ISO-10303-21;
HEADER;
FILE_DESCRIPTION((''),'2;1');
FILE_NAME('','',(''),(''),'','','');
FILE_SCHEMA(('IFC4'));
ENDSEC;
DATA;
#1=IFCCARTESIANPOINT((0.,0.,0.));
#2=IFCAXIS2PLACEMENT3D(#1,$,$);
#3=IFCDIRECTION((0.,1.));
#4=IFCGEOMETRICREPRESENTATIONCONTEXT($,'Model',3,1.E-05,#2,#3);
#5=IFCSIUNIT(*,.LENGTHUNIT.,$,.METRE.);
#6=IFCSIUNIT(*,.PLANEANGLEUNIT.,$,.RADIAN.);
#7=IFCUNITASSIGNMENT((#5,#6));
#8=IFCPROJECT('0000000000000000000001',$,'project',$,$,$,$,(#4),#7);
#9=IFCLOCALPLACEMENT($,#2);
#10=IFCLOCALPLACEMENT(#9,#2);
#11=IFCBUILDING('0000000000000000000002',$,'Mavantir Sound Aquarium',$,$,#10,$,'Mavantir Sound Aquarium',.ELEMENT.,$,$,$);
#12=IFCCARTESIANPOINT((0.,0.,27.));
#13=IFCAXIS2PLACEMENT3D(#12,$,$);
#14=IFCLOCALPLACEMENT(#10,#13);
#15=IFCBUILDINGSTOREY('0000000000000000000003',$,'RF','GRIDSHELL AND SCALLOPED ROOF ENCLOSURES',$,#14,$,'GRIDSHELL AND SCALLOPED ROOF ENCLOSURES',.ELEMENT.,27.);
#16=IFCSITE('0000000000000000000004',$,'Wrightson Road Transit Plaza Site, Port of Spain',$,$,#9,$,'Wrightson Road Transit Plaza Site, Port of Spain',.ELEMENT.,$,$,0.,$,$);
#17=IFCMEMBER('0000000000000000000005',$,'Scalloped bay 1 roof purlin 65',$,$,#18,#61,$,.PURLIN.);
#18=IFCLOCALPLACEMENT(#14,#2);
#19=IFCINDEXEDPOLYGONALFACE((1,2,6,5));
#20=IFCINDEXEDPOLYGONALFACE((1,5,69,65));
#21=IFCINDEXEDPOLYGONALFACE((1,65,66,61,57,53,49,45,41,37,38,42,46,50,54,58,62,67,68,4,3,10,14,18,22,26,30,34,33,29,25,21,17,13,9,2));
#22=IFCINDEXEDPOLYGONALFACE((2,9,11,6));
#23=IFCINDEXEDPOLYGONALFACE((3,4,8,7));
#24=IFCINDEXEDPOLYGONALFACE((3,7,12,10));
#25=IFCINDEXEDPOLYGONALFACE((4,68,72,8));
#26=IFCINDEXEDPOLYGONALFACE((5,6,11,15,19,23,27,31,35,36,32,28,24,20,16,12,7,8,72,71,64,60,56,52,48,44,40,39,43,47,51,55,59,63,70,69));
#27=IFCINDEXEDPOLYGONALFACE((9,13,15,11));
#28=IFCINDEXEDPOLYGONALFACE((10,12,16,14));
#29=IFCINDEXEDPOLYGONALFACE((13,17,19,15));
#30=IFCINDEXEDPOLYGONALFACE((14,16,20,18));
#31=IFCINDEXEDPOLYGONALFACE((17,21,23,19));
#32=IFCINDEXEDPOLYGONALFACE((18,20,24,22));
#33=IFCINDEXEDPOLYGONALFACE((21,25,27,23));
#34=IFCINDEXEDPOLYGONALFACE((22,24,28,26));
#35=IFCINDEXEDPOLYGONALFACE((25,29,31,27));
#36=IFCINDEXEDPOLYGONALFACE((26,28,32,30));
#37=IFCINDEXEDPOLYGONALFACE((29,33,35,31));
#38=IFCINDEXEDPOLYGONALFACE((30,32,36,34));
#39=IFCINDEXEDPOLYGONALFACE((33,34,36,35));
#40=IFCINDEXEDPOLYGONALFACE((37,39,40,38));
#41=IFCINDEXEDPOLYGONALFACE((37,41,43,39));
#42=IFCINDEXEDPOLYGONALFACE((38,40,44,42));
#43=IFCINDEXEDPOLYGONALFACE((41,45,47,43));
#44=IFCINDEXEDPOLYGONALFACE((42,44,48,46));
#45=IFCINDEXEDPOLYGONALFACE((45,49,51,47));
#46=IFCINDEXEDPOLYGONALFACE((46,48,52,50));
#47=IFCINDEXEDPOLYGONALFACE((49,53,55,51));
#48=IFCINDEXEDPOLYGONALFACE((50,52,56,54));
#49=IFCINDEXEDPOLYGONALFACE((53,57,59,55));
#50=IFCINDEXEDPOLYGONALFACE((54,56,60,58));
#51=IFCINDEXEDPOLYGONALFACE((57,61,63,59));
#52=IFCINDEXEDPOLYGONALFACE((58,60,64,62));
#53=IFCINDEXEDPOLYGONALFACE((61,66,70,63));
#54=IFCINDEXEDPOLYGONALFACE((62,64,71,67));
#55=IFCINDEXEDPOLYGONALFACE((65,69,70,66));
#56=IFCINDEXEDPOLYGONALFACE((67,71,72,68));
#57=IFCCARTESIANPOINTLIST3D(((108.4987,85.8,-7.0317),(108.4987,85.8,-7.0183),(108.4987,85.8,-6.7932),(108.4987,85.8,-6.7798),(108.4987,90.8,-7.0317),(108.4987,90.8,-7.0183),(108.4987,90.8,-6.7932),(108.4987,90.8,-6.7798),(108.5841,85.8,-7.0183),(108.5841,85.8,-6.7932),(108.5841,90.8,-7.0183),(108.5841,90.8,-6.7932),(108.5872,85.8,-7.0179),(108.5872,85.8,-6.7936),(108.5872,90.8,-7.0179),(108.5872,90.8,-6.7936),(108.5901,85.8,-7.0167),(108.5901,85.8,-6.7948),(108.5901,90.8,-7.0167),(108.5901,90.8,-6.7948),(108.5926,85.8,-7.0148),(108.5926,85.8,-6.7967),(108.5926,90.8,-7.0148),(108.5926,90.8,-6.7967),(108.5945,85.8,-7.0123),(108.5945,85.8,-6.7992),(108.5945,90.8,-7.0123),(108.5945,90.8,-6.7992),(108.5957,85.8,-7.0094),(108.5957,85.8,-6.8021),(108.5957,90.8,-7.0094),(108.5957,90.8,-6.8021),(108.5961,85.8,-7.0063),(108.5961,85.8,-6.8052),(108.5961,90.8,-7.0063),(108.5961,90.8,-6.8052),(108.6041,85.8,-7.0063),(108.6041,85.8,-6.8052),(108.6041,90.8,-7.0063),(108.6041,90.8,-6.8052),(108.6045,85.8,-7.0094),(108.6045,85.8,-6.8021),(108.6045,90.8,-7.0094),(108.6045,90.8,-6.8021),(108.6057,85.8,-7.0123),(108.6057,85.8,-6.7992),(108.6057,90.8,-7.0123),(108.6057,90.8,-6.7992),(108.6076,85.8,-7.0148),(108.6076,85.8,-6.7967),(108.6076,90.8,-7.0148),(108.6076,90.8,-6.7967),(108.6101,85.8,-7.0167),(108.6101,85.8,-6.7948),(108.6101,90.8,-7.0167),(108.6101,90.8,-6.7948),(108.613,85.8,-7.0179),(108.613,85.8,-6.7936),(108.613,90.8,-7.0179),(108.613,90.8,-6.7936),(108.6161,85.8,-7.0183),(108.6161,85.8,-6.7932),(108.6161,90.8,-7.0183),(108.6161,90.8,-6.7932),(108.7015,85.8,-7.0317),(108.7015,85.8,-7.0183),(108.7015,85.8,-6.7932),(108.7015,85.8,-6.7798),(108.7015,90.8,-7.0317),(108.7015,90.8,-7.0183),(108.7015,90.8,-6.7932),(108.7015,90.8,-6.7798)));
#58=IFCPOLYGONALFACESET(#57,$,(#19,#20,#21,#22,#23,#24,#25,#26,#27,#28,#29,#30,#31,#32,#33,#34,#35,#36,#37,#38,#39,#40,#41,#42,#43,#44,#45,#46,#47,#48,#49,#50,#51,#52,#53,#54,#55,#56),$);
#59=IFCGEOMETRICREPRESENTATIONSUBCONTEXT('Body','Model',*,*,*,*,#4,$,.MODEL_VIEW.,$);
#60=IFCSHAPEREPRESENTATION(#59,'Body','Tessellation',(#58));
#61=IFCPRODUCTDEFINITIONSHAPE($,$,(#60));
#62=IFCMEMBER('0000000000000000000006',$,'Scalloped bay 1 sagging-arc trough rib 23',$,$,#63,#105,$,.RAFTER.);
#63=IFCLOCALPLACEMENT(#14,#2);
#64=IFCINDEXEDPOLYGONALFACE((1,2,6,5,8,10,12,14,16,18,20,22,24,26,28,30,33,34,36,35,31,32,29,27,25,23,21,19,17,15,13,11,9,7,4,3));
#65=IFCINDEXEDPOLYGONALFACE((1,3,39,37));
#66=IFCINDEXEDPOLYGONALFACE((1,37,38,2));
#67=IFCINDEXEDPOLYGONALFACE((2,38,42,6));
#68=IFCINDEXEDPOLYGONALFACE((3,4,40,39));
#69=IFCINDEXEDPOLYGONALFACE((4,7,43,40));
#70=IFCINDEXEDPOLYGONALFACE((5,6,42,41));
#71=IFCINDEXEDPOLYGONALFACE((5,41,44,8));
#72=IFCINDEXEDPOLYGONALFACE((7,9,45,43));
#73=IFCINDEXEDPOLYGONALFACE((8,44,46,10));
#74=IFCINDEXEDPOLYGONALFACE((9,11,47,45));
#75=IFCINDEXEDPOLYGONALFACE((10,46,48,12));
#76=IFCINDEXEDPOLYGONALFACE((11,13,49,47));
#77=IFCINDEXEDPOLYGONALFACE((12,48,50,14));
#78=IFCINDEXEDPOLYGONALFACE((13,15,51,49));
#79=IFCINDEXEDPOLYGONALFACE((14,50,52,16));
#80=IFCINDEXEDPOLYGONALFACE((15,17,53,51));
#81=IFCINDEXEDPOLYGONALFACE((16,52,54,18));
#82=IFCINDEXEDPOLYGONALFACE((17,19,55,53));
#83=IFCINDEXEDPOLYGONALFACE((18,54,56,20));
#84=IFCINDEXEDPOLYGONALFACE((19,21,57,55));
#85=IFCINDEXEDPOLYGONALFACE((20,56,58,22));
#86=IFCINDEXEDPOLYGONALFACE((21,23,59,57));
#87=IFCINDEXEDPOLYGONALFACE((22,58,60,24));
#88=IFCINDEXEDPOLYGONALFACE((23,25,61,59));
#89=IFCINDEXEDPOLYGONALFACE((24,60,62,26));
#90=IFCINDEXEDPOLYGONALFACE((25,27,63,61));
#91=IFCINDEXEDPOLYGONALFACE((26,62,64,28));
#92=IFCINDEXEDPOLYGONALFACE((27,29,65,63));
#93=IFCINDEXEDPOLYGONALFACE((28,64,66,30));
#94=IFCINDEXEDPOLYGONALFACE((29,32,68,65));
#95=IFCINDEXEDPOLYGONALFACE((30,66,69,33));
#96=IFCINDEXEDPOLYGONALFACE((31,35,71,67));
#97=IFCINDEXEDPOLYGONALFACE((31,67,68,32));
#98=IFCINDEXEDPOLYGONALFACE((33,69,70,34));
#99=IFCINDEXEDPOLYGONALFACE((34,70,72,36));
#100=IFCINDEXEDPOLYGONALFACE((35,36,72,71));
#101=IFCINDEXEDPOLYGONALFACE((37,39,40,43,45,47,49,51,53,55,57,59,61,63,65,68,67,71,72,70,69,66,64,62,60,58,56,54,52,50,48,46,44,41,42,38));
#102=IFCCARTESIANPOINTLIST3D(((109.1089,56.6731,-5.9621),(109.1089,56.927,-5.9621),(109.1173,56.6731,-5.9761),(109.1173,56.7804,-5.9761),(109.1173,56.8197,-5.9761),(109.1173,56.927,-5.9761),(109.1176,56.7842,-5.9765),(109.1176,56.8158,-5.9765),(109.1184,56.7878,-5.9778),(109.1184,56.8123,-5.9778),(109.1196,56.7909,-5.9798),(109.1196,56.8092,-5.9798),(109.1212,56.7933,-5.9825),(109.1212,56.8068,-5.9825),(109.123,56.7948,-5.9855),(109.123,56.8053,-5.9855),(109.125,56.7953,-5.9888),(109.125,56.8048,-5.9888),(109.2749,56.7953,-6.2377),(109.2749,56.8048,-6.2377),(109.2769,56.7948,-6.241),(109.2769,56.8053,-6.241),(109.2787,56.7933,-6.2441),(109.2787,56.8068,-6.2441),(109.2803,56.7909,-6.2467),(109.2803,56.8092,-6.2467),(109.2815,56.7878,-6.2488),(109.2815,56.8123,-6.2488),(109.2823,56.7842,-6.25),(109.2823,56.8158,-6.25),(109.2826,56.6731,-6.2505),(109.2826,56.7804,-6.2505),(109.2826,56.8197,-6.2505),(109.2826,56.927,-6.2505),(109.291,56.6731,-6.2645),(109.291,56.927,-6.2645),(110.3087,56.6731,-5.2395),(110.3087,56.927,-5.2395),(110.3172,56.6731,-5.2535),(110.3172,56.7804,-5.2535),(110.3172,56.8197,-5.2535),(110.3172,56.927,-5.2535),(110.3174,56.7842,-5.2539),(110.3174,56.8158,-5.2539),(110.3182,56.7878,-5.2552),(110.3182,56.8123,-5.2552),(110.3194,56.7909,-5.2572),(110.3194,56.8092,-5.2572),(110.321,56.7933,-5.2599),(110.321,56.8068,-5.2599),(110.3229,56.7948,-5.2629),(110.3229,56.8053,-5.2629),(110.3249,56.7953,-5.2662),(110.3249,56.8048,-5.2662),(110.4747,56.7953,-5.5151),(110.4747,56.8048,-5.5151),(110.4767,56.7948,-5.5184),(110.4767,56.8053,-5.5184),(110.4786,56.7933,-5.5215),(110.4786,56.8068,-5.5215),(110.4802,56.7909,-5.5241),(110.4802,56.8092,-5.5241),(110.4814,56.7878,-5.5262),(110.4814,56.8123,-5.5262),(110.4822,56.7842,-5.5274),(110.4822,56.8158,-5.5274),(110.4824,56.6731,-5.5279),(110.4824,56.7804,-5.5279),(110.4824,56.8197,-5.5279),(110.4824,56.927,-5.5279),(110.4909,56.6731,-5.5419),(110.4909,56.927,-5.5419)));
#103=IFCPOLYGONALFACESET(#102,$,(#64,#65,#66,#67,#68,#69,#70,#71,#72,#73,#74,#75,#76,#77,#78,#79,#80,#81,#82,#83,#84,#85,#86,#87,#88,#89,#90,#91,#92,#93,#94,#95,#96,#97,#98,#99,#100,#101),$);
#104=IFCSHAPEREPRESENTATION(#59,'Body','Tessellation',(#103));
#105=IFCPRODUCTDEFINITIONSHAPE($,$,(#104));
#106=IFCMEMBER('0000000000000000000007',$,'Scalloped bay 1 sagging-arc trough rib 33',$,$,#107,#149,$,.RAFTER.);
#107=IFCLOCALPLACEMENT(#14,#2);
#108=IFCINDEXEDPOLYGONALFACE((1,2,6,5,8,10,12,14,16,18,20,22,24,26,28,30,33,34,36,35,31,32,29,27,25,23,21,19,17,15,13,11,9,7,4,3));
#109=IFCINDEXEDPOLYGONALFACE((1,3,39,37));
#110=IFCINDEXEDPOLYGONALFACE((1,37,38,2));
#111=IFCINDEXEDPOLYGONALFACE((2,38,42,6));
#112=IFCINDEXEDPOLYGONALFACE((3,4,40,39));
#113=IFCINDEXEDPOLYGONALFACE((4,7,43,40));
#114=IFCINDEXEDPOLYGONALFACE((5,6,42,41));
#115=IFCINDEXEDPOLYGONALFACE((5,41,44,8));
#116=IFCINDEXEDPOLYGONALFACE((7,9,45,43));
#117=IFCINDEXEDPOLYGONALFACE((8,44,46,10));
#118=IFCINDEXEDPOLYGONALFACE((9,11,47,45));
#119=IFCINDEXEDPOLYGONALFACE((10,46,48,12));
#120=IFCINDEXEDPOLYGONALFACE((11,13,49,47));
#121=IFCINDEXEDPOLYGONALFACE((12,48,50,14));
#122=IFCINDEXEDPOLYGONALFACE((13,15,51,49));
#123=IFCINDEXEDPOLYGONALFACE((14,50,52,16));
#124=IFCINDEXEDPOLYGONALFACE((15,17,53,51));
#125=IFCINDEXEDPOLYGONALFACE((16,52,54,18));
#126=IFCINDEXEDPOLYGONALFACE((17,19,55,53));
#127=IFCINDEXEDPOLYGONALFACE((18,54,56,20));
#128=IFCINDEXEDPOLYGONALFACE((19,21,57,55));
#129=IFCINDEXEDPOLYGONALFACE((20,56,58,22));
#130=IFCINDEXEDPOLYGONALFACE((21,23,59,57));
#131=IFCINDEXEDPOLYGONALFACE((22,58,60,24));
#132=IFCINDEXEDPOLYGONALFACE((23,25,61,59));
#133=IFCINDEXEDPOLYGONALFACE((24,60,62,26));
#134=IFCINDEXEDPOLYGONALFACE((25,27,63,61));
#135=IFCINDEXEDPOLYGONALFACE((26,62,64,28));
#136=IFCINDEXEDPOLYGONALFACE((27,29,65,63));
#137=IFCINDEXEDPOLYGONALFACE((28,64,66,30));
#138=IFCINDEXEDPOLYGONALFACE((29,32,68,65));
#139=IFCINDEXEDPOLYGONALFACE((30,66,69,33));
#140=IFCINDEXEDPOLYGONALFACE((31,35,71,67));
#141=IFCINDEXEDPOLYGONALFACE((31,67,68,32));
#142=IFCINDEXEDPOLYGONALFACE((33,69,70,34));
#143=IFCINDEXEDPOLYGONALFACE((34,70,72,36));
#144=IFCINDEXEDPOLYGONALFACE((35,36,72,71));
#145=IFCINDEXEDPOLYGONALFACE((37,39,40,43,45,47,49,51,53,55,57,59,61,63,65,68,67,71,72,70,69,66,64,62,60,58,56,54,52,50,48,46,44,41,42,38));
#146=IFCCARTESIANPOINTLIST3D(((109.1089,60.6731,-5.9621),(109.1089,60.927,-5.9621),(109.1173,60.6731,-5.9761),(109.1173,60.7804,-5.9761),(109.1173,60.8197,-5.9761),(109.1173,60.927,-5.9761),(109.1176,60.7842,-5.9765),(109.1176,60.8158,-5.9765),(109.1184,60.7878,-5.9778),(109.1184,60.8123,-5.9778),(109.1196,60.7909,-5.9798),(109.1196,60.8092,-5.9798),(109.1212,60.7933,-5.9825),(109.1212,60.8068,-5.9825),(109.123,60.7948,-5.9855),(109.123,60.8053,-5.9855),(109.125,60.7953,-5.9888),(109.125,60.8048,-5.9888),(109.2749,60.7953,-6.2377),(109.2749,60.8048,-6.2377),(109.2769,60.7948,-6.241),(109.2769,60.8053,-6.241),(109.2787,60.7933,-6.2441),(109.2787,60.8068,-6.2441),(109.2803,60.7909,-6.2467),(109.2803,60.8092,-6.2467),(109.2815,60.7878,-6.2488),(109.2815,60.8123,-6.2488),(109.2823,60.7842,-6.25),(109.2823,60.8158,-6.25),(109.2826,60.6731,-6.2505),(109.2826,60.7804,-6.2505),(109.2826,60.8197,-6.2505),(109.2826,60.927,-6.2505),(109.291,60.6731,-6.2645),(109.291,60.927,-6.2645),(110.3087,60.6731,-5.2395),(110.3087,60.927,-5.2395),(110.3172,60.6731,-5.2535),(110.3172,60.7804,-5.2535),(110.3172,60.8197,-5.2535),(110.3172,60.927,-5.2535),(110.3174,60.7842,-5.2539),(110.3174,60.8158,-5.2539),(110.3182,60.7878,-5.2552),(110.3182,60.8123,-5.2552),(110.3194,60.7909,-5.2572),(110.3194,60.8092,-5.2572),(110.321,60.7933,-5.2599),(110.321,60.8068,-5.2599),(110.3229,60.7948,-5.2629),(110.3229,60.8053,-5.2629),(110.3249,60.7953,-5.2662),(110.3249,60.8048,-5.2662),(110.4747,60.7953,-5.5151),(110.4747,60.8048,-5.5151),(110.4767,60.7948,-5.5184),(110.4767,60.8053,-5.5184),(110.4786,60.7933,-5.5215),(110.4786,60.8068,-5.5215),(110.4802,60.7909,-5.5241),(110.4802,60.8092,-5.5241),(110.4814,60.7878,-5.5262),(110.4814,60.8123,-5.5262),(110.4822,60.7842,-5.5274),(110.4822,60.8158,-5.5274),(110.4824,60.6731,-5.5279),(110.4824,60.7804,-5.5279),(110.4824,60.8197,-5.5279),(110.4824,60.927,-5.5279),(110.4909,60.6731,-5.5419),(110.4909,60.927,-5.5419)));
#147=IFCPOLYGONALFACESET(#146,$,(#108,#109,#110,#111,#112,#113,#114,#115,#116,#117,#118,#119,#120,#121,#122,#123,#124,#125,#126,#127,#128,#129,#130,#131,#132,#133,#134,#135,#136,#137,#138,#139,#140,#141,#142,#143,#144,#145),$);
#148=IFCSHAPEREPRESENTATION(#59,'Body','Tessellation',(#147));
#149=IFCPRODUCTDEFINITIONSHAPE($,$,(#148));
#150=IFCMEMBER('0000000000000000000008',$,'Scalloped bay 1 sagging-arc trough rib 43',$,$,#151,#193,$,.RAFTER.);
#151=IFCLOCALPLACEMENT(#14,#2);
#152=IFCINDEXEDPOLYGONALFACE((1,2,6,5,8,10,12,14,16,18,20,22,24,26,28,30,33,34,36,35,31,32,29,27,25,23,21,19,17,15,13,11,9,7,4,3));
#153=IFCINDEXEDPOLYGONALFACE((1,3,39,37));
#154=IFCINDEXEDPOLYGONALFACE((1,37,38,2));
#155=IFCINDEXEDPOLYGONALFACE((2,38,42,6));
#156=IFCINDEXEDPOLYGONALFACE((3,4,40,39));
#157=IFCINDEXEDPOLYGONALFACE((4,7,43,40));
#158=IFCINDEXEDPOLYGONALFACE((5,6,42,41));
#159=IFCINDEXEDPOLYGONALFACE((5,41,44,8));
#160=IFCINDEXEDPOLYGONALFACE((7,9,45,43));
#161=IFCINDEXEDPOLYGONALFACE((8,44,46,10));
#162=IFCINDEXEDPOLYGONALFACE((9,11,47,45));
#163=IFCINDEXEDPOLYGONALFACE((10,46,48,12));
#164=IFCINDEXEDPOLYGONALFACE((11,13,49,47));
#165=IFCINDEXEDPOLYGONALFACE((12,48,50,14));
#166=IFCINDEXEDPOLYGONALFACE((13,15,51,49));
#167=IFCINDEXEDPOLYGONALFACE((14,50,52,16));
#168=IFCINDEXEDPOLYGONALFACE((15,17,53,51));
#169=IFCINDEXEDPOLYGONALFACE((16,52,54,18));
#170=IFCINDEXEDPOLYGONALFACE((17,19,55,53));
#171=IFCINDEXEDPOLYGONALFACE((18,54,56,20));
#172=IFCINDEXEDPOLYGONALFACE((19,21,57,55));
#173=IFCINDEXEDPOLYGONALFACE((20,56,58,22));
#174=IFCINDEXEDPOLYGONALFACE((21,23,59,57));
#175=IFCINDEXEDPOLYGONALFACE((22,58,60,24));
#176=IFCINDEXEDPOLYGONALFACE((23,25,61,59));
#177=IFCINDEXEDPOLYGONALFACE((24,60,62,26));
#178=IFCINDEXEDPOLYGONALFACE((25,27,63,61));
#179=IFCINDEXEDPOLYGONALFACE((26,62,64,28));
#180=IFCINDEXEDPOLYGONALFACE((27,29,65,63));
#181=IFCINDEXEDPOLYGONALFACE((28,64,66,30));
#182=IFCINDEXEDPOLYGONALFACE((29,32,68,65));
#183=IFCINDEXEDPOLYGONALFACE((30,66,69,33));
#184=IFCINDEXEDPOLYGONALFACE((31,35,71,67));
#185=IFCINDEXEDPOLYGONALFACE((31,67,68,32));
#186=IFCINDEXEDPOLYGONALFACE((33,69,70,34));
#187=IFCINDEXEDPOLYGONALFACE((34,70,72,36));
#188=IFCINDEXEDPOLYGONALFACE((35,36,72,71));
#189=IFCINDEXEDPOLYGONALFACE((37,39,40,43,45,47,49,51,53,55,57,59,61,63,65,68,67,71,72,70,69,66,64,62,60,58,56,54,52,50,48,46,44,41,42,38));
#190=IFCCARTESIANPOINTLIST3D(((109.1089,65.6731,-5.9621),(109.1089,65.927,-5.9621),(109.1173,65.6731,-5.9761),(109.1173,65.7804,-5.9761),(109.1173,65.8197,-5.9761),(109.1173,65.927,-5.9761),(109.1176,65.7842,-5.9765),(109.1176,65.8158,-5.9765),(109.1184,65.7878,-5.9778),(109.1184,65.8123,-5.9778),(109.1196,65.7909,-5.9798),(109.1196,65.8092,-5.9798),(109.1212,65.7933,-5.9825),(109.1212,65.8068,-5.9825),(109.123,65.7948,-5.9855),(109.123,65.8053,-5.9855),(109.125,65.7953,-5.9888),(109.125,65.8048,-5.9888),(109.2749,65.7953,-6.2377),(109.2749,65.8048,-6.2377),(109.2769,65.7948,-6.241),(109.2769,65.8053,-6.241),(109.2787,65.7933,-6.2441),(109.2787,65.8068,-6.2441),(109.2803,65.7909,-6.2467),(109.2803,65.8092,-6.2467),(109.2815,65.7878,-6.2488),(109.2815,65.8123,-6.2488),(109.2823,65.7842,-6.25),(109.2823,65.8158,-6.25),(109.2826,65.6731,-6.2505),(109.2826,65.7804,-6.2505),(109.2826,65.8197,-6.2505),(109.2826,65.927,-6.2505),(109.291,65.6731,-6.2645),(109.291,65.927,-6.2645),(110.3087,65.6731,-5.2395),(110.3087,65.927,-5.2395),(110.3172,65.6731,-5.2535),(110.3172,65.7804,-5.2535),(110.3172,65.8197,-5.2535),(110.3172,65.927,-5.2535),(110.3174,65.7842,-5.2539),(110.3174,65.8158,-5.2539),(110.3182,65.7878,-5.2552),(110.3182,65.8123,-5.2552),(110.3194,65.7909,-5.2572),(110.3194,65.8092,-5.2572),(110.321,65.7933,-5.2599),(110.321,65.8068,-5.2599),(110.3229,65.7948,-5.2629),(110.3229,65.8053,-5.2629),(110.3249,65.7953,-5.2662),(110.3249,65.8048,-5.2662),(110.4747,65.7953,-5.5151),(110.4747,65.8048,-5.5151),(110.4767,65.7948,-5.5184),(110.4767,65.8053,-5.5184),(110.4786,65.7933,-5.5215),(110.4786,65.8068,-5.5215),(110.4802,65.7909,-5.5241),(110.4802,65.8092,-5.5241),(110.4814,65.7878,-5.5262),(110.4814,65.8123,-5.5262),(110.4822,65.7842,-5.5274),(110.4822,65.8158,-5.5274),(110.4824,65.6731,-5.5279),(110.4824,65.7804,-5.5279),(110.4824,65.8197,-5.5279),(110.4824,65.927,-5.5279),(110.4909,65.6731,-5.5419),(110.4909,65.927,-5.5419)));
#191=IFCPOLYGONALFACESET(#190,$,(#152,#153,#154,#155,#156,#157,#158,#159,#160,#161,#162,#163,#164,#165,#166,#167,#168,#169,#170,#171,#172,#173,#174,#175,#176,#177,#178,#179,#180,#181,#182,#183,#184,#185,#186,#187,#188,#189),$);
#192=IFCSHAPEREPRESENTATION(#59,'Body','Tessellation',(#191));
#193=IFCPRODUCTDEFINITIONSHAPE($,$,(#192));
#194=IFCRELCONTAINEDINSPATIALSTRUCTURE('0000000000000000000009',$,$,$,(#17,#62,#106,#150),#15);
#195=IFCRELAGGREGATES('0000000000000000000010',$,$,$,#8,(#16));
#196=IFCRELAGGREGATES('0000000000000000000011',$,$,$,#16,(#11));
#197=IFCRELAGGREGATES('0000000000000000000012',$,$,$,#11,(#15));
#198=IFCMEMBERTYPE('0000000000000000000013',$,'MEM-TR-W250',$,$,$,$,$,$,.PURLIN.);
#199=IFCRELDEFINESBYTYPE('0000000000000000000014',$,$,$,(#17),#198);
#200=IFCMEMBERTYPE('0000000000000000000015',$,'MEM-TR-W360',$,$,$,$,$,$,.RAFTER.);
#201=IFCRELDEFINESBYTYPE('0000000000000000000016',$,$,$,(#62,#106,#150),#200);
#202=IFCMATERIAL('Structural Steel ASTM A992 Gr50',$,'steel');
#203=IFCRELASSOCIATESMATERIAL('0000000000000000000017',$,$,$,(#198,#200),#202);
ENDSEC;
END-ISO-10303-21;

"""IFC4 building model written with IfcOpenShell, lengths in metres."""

from ifc_helpers import new_model, si_unit, direction, frame, origin, origin_2d, place, context, subcontext, project, spatial, i_section, extrude, material, material_profile, profile_set, type_object, element, save


model = new_model("IFC4")

# Units and contexts
model_context = context("Model", 3, precision=1e-05, world=origin(), true_north=direction((0.0, 1.0)))
body_context = subcontext(model_context, "Body", "Model", "MODEL_VIEW")
ifc_project = project(units=[si_unit("LENGTHUNIT", "METRE"), si_unit("PLANEANGLEUNIT", "RADIAN")], contexts=[model_context])

# Site, building, storey
site_placement = place(None, origin())
site = spatial("IfcSite", under=ifc_project, at=site_placement, Name="Wrightson Road Transit Plaza Site, Port of Spain", LongName="Wrightson Road Transit Plaza Site, Port of Spain", CompositionType="ELEMENT", RefElevation=0.0)
building_placement = place(site_placement, origin())
building = spatial("IfcBuilding", under=site, at=building_placement, Name="Mavantir Sound Aquarium", LongName="Mavantir Sound Aquarium", CompositionType="ELEMENT")
storey_placement = place(building_placement, frame((0.0, 0.0, 27.0)))
storey = spatial("IfcBuildingStorey", under=building, at=storey_placement, Name="RF", Description="GRIDSHELL AND SCALLOPED ROOF ENCLOSURES", LongName="GRIDSHELL AND SCALLOPED ROOF ENCLOSURES", CompositionType="ELEMENT", Elevation=27.0)

# Shared definitions
ifc_material_1 = material(Name="Structural Steel ASTM A992 Gr50", Category="steel")

# Members
ifc_material_profile_1 = material_profile(ifc_material_1, i_section(OverallWidth=0.2029, OverallDepth=0.252, WebThickness=0.0081, FlangeThickness=0.0134, FilletRadius=0.012, at=origin_2d()), Name="W250X58")
ifc_profile_set_1 = profile_set([ifc_material_profile_1], Name="Structural Steel ASTM A992 Gr50")
member_type_1 = type_object("IfcMemberType", Name="MEM-TR-W250", PredefinedType="PURLIN", material=ifc_profile_set_1)
for number, where, z_axis, x_axis, name in (
    (1, (108.6001, 85.8, -6.9058), (0.0, 1.0, 0.0), (-1.0, 0.0, 0.0), "Scalloped bay 1 roof purlin 65"),
):
    element("IfcMember", number, at=place(storey_placement, frame(where, z_axis=z_axis, x_axis=x_axis)), inside=storey, type_object=member_type_1, Name=name, PredefinedType="PURLIN", context=body_context, shape_type="SweptSolid", body=[
        extrude(i_section(OverallWidth=0.2029, OverallDepth=0.252, WebThickness=0.0081, FlangeThickness=0.0134, FilletRadius=0.012, at=origin_2d()), origin(), (0.0, 0.0, 1.0), 5.0),
    ])
ifc_material_profile_2 = material_profile(ifc_material_1, i_section(OverallWidth=0.2539, OverallDepth=0.353, WebThickness=0.0095, FlangeThickness=0.0164, FilletRadius=0.0149, at=origin_2d()), Name="W360X91")
ifc_profile_set_2 = profile_set([ifc_material_profile_2], Name="Structural Steel ASTM A992 Gr50")
member_type_2 = type_object("IfcMemberType", Name="MEM-TR-W360", PredefinedType="RAFTER", material=ifc_profile_set_2)
for number, where, z_axis, x_axis, name in (
    (2, (109.2, 56.8, -6.1133), (0.856646, 0.0, 0.515905), (0.0, 1.0, 0.0), "Scalloped bay 1 sagging-arc trough rib 23"),
    (3, (109.2, 60.8, -6.1133), (0.856646, 0.0, 0.515905), (0.0, 1.0, 0.0), "Scalloped bay 1 sagging-arc trough rib 33"),
    (4, (109.2, 65.8, -6.1133), (0.856646, 0.0, 0.515905), (0.0, 1.0, 0.0), "Scalloped bay 1 sagging-arc trough rib 43"),
):
    element("IfcMember", number, at=place(storey_placement, frame(where, z_axis=z_axis, x_axis=x_axis)), inside=storey, type_object=member_type_2, Name=name, PredefinedType="RAFTER", context=body_context, shape_type="SweptSolid", body=[
        extrude(i_section(OverallWidth=0.2539, OverallDepth=0.353, WebThickness=0.0095, FlangeThickness=0.0164, FilletRadius=0.0149, at=origin_2d()), origin(), (0.0, 0.0, 1.0), 1.4006),
    ])

save(model, "model.ifc")
